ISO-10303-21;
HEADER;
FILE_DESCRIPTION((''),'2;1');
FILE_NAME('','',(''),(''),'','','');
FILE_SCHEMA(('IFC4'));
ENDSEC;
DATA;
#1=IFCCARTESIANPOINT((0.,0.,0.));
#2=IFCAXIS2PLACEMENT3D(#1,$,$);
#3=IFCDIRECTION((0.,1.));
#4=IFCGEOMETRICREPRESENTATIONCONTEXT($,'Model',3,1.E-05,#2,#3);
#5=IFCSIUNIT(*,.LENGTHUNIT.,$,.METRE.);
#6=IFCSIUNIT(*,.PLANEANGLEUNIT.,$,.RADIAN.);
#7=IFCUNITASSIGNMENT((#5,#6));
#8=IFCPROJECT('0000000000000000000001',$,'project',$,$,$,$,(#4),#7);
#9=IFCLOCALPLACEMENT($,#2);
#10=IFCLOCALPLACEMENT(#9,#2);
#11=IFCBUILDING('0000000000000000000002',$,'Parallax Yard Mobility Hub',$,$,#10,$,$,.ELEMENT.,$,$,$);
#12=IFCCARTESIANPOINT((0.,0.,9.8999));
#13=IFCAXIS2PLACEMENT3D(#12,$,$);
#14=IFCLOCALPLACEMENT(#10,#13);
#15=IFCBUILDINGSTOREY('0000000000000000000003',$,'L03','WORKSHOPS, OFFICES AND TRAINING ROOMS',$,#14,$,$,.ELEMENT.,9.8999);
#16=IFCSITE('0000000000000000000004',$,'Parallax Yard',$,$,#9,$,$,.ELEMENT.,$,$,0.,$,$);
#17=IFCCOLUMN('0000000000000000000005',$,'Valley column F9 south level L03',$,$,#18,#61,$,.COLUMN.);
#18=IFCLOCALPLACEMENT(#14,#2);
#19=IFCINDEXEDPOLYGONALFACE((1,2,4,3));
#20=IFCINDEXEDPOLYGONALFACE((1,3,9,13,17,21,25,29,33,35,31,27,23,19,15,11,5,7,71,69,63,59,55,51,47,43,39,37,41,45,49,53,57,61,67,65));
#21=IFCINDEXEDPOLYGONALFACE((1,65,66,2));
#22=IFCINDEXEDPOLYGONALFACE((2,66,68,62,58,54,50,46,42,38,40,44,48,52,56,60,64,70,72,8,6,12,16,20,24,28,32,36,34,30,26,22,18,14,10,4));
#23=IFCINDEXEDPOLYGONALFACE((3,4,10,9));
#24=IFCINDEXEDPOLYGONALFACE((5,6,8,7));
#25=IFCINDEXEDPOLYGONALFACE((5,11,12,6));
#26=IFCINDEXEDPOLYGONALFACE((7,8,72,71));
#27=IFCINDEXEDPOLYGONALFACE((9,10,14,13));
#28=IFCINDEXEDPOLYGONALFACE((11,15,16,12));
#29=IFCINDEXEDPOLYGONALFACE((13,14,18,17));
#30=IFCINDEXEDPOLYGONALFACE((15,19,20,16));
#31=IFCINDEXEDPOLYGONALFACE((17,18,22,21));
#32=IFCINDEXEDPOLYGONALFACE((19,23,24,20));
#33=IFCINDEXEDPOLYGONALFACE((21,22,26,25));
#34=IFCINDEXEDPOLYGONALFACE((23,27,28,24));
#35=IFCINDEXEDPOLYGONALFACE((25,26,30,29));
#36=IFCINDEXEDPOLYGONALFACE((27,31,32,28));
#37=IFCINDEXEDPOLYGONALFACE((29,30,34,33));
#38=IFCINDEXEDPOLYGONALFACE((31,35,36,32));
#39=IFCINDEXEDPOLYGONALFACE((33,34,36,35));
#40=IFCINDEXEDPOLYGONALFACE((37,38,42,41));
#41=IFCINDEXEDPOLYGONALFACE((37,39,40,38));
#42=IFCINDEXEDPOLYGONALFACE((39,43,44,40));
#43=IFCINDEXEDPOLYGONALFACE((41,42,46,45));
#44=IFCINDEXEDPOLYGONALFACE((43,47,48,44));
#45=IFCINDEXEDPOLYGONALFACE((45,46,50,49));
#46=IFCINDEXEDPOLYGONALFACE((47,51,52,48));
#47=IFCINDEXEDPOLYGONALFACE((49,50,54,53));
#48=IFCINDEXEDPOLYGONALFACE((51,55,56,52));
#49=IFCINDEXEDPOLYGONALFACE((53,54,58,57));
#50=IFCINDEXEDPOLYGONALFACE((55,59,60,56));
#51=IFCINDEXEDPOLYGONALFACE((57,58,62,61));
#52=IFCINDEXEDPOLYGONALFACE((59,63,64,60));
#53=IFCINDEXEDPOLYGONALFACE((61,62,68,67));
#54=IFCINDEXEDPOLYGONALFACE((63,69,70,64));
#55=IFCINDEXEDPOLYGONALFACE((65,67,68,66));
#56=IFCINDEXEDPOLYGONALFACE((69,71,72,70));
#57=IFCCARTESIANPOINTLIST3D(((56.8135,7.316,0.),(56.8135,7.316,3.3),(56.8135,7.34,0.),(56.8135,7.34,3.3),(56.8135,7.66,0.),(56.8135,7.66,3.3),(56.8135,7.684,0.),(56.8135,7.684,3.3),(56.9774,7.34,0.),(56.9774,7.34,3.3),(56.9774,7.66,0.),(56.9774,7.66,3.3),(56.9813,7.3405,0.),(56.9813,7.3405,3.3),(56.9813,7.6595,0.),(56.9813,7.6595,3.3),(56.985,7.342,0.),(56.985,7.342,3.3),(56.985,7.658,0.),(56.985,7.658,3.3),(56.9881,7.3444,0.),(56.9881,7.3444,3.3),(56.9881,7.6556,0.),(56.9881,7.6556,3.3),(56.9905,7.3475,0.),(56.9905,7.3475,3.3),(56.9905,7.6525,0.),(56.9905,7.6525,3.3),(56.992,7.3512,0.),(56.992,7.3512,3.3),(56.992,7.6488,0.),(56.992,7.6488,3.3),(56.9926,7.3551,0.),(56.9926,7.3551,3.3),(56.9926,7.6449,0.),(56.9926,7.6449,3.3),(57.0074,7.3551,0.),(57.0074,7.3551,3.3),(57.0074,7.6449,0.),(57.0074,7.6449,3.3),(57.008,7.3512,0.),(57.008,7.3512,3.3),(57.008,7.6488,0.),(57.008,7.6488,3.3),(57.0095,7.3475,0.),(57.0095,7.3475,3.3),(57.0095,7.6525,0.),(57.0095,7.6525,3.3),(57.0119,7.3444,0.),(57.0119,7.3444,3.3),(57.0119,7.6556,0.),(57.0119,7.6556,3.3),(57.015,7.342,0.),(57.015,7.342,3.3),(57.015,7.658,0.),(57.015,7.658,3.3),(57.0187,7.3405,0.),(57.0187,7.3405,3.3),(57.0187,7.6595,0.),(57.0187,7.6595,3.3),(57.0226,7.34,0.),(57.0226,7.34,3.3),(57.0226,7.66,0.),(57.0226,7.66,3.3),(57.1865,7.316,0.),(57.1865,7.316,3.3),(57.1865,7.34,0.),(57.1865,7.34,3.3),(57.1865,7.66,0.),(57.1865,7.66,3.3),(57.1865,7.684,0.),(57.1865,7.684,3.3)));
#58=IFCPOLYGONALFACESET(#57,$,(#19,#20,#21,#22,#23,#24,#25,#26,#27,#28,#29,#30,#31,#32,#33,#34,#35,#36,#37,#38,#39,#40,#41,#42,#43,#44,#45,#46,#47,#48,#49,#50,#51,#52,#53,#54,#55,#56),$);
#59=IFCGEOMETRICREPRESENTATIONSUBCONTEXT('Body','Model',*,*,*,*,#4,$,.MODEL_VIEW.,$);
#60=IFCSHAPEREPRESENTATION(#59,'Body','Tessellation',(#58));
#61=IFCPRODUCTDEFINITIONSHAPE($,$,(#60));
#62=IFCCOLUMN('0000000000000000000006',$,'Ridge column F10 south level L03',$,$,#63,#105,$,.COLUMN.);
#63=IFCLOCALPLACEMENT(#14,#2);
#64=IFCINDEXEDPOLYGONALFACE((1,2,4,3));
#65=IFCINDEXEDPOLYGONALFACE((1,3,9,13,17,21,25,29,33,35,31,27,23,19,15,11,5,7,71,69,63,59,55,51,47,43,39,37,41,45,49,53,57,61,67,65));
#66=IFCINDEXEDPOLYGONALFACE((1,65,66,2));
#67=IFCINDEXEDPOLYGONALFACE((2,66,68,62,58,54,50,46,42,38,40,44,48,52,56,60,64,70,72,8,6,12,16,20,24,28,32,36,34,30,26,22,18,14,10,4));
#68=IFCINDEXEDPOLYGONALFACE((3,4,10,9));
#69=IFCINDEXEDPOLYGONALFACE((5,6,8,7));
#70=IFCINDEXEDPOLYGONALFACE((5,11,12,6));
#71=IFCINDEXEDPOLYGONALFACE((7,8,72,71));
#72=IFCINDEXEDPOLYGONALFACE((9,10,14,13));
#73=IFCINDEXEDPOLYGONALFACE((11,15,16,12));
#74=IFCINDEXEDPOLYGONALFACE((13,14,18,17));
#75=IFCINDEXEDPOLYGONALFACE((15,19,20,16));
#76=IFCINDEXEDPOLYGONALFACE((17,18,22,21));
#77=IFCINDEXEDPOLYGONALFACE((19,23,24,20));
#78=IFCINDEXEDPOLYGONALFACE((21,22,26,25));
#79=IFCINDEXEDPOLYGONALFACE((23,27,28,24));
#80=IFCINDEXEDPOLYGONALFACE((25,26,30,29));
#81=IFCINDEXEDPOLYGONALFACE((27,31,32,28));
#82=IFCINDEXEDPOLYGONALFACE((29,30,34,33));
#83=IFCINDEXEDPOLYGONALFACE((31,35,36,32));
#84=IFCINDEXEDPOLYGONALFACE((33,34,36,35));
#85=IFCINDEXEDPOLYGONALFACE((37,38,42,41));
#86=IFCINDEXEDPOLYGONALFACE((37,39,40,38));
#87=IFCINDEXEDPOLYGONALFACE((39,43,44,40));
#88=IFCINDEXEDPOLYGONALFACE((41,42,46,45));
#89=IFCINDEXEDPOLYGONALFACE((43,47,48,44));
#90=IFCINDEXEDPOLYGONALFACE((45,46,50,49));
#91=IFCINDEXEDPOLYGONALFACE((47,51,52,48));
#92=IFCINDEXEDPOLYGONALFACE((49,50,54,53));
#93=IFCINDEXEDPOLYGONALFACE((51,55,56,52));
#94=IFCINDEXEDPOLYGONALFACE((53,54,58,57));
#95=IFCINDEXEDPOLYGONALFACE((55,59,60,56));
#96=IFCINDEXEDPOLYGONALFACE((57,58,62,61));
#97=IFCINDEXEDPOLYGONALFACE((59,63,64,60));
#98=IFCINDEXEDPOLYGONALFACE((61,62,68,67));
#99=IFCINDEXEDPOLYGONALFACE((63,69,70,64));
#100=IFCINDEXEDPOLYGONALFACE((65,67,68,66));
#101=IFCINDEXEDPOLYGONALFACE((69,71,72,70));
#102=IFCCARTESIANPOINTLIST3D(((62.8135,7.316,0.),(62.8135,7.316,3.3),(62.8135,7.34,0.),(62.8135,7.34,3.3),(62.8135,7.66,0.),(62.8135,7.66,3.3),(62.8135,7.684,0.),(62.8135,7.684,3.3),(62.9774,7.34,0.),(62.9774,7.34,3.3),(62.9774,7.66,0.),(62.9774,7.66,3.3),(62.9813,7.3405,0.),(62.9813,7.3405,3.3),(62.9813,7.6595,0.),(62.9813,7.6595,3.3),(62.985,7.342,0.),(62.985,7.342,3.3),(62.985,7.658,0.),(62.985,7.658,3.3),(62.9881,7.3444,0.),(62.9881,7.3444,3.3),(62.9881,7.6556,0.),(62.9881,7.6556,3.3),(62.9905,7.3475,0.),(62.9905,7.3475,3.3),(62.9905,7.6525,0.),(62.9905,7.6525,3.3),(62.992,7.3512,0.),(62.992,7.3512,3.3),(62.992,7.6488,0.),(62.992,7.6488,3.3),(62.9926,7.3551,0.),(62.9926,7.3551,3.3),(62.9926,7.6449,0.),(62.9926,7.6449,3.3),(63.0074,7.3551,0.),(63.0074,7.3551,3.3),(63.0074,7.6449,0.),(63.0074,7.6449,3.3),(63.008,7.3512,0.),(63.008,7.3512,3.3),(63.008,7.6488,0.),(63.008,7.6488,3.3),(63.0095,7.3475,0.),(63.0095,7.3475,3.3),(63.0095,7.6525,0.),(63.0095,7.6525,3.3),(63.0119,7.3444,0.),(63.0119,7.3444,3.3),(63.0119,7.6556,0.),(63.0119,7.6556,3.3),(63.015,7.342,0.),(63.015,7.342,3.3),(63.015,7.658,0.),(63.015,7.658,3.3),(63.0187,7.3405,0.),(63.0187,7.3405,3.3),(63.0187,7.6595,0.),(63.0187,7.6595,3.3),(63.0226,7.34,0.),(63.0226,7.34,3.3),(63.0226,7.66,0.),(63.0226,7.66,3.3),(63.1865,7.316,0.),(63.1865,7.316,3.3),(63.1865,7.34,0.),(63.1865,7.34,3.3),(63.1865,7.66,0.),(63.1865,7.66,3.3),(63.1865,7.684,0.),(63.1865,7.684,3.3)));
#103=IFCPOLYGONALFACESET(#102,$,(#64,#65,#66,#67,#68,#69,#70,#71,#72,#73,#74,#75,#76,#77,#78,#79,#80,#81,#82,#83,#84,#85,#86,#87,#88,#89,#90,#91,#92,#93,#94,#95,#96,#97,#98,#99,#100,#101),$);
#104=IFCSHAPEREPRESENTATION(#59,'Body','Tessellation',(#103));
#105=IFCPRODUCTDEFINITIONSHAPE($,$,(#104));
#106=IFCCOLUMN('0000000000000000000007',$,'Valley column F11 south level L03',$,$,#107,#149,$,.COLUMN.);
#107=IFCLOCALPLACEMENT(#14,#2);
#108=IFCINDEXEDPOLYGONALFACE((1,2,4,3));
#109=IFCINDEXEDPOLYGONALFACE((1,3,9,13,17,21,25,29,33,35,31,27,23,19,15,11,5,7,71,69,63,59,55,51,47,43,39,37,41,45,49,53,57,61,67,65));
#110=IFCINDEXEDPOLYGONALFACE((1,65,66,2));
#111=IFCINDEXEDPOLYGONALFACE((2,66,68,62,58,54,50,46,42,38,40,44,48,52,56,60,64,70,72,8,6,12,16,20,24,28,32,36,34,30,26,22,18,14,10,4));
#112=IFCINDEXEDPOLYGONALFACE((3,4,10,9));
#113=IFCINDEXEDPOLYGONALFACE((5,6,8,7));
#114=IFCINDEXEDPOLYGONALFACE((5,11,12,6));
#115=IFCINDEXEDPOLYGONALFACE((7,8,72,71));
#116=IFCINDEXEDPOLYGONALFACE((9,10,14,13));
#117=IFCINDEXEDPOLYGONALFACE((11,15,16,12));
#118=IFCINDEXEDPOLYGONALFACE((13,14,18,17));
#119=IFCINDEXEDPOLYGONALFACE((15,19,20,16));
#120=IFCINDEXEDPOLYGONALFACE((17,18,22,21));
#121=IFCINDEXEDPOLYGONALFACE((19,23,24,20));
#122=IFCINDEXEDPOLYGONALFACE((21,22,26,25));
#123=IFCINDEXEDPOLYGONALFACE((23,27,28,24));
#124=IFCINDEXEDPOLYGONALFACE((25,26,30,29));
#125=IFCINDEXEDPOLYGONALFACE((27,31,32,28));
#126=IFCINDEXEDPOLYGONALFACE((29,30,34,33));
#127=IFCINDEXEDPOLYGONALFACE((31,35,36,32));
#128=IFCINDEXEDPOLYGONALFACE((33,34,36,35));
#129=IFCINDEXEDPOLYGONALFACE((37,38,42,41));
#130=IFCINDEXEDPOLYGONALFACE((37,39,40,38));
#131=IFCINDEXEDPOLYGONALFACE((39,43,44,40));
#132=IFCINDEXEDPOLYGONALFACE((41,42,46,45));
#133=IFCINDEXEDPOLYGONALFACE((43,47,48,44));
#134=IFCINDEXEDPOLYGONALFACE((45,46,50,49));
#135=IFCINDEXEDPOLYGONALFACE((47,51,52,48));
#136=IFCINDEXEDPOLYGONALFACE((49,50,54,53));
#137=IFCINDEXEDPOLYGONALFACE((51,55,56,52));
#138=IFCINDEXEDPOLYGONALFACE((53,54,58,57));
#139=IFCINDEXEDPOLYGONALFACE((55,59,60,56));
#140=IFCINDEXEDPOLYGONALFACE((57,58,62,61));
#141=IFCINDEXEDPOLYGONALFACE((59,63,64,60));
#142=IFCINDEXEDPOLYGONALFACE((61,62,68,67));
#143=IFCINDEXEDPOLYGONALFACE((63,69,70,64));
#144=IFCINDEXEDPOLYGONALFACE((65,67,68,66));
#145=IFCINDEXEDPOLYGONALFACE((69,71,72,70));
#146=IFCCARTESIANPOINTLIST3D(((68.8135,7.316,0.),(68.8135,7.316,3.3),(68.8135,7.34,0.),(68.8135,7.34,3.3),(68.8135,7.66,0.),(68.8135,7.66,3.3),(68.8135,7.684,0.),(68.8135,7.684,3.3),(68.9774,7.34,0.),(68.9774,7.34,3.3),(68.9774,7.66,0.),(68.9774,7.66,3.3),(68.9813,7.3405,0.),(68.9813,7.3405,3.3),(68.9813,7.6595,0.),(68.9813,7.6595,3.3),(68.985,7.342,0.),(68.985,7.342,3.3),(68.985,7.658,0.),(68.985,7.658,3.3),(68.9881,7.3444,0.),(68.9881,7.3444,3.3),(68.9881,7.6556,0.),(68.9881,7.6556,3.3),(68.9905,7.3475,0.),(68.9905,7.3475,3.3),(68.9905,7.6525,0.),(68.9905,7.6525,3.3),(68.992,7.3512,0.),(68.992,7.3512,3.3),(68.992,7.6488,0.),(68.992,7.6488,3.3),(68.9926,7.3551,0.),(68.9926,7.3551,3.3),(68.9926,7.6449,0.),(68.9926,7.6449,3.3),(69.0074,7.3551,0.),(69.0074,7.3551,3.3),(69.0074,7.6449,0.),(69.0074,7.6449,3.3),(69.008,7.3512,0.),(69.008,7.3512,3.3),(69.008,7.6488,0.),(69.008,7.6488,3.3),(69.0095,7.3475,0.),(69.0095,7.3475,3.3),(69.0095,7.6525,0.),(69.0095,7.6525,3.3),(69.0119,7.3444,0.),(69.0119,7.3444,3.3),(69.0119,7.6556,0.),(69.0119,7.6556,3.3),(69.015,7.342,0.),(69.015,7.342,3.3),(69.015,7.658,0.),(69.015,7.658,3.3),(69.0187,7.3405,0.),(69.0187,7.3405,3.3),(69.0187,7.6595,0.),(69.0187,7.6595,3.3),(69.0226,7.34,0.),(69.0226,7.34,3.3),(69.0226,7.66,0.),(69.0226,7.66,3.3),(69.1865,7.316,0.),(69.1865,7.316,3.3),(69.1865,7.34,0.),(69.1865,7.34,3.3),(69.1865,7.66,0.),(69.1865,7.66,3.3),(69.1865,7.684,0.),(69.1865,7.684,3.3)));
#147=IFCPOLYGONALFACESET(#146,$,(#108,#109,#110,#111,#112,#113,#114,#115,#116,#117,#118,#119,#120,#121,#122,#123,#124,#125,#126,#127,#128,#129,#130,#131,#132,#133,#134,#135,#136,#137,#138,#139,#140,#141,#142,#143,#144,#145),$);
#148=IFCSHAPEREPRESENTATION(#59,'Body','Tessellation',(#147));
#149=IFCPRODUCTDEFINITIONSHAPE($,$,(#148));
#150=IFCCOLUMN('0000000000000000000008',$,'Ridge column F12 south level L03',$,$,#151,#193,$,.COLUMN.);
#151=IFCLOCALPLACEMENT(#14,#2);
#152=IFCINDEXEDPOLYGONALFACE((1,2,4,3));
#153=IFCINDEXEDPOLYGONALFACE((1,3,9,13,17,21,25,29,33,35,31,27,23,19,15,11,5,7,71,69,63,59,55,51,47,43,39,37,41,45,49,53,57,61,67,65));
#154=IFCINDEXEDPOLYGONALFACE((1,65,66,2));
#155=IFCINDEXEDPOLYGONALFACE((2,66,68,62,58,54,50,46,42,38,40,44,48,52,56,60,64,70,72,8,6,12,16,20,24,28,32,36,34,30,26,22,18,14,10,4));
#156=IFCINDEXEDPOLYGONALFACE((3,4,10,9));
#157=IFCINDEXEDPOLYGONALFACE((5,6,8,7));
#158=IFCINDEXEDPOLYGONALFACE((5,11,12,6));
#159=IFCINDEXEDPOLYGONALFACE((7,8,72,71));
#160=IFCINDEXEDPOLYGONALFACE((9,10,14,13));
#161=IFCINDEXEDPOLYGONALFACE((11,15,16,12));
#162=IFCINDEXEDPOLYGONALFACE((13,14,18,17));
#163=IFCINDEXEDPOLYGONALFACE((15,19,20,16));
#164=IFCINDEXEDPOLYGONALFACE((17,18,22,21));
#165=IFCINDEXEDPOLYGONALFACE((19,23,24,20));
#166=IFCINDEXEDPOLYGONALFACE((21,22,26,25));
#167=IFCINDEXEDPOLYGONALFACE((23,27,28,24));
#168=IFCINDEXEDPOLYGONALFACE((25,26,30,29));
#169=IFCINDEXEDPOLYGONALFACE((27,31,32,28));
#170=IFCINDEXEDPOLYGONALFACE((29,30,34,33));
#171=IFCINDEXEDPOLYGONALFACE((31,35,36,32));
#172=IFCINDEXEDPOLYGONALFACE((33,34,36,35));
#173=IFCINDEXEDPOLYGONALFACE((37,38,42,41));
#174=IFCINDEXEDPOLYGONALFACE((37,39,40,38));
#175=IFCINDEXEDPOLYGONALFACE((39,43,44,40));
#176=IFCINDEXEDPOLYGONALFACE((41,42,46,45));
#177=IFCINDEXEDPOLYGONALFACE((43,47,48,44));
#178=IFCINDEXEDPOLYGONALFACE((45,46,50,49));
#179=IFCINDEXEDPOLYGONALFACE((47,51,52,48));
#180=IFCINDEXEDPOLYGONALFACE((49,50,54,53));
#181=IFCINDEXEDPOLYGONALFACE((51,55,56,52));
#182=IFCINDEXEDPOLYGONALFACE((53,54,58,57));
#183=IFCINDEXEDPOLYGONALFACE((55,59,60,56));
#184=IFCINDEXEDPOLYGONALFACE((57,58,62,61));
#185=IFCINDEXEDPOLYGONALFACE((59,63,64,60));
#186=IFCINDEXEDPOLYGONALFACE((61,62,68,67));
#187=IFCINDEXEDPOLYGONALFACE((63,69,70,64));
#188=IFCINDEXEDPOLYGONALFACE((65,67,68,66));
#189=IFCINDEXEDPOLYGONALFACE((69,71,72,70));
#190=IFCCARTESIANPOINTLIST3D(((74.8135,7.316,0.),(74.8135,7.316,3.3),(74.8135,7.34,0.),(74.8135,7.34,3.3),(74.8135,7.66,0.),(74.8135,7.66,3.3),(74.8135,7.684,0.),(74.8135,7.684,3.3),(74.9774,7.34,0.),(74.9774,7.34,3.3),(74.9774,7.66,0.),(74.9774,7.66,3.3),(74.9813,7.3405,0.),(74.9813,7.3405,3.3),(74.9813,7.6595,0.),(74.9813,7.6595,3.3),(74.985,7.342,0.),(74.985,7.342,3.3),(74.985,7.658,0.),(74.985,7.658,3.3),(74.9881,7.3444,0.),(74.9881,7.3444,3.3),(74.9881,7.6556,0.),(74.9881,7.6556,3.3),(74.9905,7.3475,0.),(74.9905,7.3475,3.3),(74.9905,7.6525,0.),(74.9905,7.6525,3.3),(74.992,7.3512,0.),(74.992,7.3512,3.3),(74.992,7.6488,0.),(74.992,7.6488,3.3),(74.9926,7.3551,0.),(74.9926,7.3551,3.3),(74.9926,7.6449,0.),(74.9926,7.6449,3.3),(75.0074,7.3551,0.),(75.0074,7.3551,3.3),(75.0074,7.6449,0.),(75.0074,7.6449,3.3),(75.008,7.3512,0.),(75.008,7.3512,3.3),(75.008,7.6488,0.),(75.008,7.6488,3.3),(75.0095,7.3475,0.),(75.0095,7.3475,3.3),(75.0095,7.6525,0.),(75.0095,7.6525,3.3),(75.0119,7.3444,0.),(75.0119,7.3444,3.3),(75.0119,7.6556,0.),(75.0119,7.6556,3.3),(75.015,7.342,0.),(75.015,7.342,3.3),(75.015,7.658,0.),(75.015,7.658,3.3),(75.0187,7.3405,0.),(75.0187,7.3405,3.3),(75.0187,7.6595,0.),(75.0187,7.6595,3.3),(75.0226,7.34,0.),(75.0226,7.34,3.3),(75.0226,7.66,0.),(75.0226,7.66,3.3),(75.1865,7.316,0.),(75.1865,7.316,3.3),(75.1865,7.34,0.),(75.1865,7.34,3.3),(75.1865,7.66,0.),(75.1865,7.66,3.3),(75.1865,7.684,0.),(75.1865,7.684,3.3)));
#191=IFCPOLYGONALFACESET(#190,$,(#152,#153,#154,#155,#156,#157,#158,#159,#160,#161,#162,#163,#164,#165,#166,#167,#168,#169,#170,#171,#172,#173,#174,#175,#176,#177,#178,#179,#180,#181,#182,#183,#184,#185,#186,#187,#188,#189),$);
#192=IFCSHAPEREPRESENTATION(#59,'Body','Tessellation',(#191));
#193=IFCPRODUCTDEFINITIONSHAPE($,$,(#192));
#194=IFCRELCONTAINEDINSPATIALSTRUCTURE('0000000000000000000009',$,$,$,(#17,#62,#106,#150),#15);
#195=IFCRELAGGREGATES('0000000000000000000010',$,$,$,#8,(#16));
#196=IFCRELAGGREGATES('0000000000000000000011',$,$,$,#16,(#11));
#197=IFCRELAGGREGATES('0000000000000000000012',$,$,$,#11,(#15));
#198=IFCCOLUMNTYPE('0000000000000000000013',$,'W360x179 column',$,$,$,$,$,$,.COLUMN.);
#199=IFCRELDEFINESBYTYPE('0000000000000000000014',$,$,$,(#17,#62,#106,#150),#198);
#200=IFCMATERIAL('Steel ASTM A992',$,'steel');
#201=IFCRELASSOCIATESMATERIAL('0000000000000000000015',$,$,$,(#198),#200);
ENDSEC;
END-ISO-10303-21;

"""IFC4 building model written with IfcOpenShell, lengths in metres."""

from ifc_helpers import new_model, si_unit, direction, frame, origin, origin_2d, place, context, subcontext, project, spatial, i_section, extrude, material, material_profile, profile_set, type_object, element, save


model = new_model("IFC4")

# Units and contexts
model_context = context("Model", 3, precision=1e-05, world=origin(), true_north=direction((0.0, 1.0)))
body_context = subcontext(model_context, "Body", "Model", "MODEL_VIEW")
ifc_project = project(units=[si_unit("LENGTHUNIT", "METRE"), si_unit("PLANEANGLEUNIT", "RADIAN")], contexts=[model_context])

# Site, building, storey
site_placement = place(None, origin())
site = spatial("IfcSite", under=ifc_project, at=site_placement, Name="Parallax Yard", CompositionType="ELEMENT", RefElevation=0.0)
building_placement = place(site_placement, origin())
building = spatial("IfcBuilding", under=site, at=building_placement, Name="Parallax Yard Mobility Hub", CompositionType="ELEMENT")
storey_placement = place(building_placement, frame((0.0, 0.0, 9.8999)))
storey = spatial("IfcBuildingStorey", under=building, at=storey_placement, Name="L03", Description="WORKSHOPS, OFFICES AND TRAINING ROOMS", CompositionType="ELEMENT", Elevation=9.8999)

# Columns
ifc_material_1 = material(Name="Steel ASTM A992", Category="steel")
ifc_material_profile_1 = material_profile(ifc_material_1, i_section(OverallWidth=0.373, OverallDepth=0.3679, WebThickness=0.0149, FlangeThickness=0.0239, FilletRadius=0.0151, at=origin_2d()), Name="W360x179")
ifc_profile_set_1 = profile_set([ifc_material_profile_1], Name="Steel ASTM A992")
column_type = type_object("IfcColumnType", Name="W360x179 column", PredefinedType="COLUMN", material=ifc_profile_set_1)
for number, where, z_axis, x_axis, name in (
    (1, (57.0, 7.5, 0.0), (0.0, 0.0, 1.0), (1.0, 0.0, 0.0), "Valley column F9 south level L03"),
    (2, (63.0, 7.5, 0.0), (0.0, 0.0, 1.0), (1.0, 0.0, 0.0), "Ridge column F10 south level L03"),
    (3, (69.0, 7.5, 0.0), (0.0, 0.0, 1.0), (1.0, 0.0, 0.0), "Valley column F11 south level L03"),
    (4, (75.0, 7.5, 0.0), (0.0, 0.0, 1.0), (1.0, 0.0, 0.0), "Ridge column F12 south level L03"),
):
    element("IfcColumn", number, at=place(storey_placement, frame(where, z_axis=z_axis, x_axis=x_axis)), inside=storey, type_object=column_type, Name=name, PredefinedType="COLUMN", context=body_context, shape_type="SweptSolid", body=[
        extrude(i_section(OverallWidth=0.373, OverallDepth=0.3679, WebThickness=0.0149, FlangeThickness=0.0239, FilletRadius=0.0151, at=origin_2d()), origin(), (0.0, 0.0, 1.0), 3.3),
    ])

save(model, "model.ifc")
